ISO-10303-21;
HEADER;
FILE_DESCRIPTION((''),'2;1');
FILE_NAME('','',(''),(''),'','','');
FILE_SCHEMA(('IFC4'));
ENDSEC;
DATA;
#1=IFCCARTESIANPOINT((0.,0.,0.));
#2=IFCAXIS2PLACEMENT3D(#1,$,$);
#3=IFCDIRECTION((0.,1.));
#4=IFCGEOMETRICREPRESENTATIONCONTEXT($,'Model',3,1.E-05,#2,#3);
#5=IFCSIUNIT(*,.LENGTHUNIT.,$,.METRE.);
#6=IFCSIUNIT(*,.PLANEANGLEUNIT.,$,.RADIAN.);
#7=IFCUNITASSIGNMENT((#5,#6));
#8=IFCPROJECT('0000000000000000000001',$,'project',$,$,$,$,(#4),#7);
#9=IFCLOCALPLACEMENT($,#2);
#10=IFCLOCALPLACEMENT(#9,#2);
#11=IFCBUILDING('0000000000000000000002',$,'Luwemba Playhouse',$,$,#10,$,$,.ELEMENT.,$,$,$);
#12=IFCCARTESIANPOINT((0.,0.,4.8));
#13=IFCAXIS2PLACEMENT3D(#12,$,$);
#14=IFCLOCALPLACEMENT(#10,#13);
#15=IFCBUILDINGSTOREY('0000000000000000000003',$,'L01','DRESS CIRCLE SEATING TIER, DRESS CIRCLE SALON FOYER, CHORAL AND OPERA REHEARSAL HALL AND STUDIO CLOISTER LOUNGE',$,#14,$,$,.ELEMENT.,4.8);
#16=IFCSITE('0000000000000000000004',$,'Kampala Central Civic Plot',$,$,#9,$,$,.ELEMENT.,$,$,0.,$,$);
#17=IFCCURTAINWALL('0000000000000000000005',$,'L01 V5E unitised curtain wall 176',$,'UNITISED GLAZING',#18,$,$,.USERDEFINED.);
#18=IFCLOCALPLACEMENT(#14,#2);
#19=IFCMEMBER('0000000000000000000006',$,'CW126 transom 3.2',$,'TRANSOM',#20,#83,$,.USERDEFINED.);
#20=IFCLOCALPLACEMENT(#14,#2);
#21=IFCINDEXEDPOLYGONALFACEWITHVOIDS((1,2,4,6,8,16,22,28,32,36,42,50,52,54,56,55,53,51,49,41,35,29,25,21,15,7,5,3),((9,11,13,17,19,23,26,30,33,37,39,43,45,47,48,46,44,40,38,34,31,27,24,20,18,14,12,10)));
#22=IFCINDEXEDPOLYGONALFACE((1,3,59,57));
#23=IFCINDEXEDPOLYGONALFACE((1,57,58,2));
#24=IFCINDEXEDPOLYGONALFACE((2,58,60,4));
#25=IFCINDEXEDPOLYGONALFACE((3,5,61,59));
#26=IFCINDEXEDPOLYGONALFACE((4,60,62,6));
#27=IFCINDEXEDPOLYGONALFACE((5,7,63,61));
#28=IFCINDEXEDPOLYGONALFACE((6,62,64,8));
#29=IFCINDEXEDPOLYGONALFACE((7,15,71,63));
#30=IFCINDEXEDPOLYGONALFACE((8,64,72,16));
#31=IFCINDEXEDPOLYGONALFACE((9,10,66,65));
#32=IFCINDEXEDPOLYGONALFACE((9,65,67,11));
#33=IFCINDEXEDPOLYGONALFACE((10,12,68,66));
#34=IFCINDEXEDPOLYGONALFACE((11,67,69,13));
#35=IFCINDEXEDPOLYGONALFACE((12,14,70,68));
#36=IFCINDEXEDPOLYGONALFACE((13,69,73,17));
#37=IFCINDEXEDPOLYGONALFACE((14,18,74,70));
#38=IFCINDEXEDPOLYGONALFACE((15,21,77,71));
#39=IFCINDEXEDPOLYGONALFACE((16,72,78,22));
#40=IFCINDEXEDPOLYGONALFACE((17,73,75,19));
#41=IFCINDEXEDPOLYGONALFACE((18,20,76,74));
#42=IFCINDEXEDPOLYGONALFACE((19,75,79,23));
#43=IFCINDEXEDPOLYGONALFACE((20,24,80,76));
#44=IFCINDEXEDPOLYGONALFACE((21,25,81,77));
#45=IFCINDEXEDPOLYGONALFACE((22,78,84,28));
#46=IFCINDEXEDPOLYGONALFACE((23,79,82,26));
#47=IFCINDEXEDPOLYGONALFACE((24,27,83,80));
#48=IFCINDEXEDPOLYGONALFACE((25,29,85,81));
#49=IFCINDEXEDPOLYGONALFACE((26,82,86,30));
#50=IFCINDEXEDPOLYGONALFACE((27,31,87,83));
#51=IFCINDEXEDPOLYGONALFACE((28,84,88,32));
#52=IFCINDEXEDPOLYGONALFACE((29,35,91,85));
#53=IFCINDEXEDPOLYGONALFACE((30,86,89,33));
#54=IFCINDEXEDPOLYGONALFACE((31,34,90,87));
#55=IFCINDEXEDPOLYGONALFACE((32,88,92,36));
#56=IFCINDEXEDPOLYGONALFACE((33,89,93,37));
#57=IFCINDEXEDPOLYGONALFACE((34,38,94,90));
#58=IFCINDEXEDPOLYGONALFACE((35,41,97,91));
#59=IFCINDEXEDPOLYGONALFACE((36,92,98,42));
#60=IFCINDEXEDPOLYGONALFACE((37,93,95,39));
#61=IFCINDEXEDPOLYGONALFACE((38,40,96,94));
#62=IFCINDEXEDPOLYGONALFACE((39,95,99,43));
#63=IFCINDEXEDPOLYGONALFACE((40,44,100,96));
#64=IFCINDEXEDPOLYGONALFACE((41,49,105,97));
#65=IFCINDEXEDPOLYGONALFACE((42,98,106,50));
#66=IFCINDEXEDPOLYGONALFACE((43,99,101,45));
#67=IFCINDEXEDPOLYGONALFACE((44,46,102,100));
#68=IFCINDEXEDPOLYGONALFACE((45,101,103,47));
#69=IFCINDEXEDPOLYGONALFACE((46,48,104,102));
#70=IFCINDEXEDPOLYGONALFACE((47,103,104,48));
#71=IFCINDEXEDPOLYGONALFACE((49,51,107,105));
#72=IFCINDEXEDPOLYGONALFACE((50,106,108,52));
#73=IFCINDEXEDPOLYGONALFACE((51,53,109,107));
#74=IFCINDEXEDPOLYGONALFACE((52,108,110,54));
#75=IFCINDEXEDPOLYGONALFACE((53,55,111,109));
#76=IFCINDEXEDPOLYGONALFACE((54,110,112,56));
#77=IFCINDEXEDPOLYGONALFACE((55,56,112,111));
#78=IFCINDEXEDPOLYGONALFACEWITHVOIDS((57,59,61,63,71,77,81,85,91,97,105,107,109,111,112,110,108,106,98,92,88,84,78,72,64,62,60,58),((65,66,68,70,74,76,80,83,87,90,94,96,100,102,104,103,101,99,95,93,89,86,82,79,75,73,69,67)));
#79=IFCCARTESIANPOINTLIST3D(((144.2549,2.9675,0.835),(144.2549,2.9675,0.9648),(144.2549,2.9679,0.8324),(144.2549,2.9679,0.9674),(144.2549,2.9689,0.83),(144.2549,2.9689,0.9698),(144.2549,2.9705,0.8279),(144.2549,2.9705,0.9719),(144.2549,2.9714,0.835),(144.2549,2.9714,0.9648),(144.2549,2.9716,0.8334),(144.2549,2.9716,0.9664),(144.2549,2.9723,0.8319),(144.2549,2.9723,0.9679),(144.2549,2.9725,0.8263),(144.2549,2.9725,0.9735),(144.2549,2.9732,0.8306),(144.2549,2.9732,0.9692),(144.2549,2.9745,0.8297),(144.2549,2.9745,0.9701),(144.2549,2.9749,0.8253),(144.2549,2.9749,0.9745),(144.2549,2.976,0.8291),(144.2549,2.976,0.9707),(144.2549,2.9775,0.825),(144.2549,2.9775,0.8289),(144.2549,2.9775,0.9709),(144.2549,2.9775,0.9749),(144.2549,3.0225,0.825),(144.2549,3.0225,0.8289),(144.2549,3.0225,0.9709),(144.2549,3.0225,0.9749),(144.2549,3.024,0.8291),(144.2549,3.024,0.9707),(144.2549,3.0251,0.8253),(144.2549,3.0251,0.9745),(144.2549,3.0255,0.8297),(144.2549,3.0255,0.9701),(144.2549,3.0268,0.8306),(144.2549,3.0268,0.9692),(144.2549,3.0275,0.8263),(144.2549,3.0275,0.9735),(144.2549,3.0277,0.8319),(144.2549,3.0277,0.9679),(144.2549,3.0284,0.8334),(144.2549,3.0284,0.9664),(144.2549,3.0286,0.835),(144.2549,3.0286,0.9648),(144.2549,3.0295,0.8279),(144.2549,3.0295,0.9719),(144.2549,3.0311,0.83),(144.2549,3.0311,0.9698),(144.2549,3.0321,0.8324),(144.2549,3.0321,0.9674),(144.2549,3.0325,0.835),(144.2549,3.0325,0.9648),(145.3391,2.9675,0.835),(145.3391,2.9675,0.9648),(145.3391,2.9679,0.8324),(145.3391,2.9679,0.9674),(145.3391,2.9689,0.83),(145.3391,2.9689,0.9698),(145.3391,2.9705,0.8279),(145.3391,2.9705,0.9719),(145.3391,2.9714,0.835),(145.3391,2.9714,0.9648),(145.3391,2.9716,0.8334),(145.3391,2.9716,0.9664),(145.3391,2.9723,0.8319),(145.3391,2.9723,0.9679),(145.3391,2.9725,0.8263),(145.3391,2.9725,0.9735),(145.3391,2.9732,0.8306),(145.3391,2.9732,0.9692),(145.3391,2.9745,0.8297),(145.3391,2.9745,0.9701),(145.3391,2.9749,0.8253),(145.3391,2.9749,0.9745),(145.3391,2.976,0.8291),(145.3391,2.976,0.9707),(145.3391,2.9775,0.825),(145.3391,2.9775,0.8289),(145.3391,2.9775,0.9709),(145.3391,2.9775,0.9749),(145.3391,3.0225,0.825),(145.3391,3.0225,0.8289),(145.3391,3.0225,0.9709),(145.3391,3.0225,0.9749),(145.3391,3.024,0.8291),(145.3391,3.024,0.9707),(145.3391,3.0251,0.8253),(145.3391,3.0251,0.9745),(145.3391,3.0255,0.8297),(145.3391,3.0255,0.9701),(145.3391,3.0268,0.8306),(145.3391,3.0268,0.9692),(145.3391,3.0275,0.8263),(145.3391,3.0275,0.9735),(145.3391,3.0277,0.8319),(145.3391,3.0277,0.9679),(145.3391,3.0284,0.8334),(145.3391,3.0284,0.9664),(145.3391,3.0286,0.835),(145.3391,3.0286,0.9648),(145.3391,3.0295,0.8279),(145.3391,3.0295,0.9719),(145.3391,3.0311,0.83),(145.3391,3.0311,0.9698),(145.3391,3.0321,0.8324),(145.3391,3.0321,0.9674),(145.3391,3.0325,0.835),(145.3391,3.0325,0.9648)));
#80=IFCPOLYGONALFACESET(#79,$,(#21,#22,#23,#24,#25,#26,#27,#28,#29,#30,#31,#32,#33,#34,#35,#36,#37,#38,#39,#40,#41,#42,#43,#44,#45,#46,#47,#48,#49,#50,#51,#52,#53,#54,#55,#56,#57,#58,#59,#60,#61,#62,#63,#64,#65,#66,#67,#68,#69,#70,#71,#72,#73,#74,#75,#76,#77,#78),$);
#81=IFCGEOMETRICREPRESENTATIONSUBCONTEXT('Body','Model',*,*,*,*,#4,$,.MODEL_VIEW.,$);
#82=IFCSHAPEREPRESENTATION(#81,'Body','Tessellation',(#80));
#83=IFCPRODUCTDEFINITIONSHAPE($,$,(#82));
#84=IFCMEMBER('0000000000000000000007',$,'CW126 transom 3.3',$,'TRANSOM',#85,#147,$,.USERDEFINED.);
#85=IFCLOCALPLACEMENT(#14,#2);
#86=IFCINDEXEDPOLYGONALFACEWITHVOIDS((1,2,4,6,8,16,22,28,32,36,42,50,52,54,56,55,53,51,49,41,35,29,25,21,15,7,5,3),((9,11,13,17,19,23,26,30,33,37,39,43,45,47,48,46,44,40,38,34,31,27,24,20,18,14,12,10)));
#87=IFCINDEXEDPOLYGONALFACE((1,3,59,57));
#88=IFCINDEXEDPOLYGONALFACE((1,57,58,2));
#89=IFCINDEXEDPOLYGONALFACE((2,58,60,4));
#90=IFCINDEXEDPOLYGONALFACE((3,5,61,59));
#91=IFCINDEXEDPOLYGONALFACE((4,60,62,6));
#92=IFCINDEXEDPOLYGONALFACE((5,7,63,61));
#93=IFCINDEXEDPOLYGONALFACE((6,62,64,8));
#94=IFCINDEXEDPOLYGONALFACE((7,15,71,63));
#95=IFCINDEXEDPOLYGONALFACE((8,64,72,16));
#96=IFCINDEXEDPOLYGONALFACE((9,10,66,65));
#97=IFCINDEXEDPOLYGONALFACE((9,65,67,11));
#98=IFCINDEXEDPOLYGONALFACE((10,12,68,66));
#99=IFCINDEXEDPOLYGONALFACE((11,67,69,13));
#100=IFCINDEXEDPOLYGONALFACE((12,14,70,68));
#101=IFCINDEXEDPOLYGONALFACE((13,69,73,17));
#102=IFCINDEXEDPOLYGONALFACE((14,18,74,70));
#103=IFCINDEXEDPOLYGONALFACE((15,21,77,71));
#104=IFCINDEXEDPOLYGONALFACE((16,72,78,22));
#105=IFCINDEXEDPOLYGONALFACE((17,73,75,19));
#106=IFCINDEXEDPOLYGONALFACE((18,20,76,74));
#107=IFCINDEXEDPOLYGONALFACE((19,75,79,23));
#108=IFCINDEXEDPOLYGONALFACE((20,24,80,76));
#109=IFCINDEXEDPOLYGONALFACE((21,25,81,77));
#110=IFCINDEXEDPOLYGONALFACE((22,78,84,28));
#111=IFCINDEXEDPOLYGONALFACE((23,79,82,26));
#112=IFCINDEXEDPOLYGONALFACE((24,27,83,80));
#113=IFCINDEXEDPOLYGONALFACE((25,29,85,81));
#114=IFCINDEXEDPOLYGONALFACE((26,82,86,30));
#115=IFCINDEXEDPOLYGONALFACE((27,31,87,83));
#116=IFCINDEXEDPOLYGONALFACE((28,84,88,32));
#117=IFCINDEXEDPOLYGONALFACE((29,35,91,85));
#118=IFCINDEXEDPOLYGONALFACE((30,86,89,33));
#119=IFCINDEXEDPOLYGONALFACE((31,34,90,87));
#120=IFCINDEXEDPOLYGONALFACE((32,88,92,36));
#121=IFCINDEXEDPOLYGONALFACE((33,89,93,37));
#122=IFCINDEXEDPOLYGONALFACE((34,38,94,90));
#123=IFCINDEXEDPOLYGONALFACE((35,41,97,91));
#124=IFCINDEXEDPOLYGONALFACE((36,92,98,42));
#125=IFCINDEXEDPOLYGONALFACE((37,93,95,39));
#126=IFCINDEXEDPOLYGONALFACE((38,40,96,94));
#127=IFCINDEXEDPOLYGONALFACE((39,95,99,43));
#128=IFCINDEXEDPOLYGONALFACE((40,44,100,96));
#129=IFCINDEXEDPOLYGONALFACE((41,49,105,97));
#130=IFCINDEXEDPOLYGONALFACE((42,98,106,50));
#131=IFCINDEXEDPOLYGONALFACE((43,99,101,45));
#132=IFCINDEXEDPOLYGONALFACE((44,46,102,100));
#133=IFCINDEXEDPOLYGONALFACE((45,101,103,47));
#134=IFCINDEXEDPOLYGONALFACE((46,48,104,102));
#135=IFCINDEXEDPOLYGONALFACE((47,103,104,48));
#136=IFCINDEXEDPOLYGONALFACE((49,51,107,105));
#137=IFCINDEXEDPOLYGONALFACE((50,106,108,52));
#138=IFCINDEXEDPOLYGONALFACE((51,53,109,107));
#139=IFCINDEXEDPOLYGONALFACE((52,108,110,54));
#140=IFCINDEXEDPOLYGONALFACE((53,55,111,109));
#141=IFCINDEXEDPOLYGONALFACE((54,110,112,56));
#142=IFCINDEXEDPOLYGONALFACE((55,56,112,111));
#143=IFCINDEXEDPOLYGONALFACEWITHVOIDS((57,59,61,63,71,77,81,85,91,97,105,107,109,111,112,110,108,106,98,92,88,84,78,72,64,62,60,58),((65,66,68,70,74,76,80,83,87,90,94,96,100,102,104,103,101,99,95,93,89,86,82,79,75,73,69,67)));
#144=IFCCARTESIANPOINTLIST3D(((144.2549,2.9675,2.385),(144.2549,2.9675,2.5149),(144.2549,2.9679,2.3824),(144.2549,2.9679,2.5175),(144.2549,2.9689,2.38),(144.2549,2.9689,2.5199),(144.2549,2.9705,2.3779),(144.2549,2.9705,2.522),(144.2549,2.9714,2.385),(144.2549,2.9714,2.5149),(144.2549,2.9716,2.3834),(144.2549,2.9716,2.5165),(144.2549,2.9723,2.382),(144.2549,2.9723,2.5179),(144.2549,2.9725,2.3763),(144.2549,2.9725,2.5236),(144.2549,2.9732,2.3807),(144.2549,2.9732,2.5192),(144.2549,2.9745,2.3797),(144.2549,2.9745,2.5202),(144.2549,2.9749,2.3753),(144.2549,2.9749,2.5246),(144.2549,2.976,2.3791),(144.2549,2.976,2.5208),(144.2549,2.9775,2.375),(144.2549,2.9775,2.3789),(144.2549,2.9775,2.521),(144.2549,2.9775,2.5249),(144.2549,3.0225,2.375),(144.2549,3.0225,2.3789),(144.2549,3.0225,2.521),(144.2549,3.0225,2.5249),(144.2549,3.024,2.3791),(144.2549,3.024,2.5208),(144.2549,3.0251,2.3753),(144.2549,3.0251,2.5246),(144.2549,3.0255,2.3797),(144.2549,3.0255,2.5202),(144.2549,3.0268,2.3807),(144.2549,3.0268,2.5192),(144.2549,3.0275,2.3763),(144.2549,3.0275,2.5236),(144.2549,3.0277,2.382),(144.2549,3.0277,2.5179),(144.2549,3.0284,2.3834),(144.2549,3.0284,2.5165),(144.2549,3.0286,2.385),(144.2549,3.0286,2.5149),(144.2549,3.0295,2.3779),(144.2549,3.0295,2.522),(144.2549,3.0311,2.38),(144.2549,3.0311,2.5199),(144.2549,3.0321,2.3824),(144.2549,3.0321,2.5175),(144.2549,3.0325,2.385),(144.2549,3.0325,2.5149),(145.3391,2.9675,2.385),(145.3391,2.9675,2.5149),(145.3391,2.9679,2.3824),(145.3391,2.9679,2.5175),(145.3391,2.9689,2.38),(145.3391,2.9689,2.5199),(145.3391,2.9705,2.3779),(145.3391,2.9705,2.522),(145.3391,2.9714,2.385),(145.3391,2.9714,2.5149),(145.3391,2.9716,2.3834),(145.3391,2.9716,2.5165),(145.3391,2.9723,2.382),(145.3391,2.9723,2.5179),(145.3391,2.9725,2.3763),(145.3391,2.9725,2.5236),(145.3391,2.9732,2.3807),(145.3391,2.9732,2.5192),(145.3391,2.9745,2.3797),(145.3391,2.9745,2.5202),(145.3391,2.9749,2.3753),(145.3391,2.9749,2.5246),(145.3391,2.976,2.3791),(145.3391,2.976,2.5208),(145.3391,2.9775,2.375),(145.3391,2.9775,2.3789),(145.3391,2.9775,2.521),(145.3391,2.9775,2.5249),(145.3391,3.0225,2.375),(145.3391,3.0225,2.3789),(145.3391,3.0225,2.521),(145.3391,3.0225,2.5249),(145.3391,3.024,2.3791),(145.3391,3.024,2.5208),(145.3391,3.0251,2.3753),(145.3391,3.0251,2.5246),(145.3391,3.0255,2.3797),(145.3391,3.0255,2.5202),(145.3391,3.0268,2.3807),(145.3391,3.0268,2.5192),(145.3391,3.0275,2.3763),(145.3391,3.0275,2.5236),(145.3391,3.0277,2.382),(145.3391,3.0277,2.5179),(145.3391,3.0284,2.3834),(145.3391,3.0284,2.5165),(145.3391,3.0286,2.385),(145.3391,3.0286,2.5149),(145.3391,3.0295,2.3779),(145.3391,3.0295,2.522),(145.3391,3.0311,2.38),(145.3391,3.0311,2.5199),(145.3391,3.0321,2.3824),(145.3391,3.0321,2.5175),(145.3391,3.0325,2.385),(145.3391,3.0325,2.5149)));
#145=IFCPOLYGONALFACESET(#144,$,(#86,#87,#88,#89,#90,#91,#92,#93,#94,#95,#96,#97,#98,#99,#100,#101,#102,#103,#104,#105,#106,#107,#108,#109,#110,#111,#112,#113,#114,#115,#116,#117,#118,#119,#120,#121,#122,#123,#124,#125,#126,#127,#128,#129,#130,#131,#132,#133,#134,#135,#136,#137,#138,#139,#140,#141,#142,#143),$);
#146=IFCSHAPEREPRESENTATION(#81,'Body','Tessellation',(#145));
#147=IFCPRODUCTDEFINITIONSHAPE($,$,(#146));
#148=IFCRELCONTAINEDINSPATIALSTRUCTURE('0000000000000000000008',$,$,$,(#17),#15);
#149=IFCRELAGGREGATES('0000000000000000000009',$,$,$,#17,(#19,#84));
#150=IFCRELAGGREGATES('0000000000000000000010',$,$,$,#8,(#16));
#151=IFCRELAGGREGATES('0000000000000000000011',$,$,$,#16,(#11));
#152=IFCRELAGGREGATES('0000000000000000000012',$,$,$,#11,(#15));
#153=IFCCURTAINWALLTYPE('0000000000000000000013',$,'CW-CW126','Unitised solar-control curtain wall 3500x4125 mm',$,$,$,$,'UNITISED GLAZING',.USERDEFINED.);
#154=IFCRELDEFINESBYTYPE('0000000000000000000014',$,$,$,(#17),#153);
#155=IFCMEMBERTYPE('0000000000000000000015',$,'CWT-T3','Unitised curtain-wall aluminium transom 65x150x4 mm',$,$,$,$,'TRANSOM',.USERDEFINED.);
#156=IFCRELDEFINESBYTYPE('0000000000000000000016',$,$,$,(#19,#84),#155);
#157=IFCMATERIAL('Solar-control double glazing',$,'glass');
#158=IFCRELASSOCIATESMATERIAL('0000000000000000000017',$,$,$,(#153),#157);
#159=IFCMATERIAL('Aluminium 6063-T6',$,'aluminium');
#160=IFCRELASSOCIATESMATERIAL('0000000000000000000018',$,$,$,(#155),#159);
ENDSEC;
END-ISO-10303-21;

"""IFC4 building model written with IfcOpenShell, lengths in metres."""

from ifc_helpers import new_model, si_unit, direction, frame, origin, origin_2d, place, context, subcontext, project, spatial, hollow_rectangle, extrude, material, material_profile, profile_set, type_object, element, aggregate, save


model = new_model("IFC4")

# Units and contexts
model_context = context("Model", 3, precision=1e-05, world=origin(), true_north=direction((0.0, 1.0)))
body_context = subcontext(model_context, "Body", "Model", "MODEL_VIEW")
ifc_project = project(units=[si_unit("LENGTHUNIT", "METRE"), si_unit("PLANEANGLEUNIT", "RADIAN")], contexts=[model_context])

# Site, building, storey
site_placement = place(None, origin())
site = spatial("IfcSite", under=ifc_project, at=site_placement, Name="Kampala Central Civic Plot", CompositionType="ELEMENT", RefElevation=0.0)
building_placement = place(site_placement, origin())
building = spatial("IfcBuilding", under=site, at=building_placement, Name="Luwemba Playhouse", CompositionType="ELEMENT")
storey_placement = place(building_placement, frame((0.0, 0.0, 4.8)))
storey = spatial("IfcBuildingStorey", under=building, at=storey_placement, Name="L01", Description="DRESS CIRCLE SEATING TIER, DRESS CIRCLE SALON FOYER, CHORAL AND OPERA REHEARSAL HALL AND STUDIO CLOISTER LOUNGE", CompositionType="ELEMENT", Elevation=4.8)

# Curtain wall, members
ifc_material_1 = material(Name="Solar-control double glazing", Category="glass")
curtain_wall_type = type_object("IfcCurtainWallType", Name="CW-CW126", Description="Unitised solar-control curtain wall 3500x4125 mm", ElementType="UNITISED GLAZING", PredefinedType="USERDEFINED", material=ifc_material_1)
curtain_wall_placement = place(storey_placement, origin())
curtain_wall = element("IfcCurtainWall", 1, at=curtain_wall_placement, inside=storey, type_object=curtain_wall_type, Name="L01 V5E unitised curtain wall 176", ObjectType="UNITISED GLAZING", PredefinedType="USERDEFINED")
ifc_material_2 = material(Name="Aluminium 6063-T6", Category="aluminium")
ifc_material_profile_1 = material_profile(ifc_material_2, hollow_rectangle(XDim=0.0649, YDim=0.1499, WallThickness=0.0039, InnerFilletRadius=0.0061, OuterFilletRadius=0.01, at=origin_2d()))
ifc_profile_set_1 = profile_set([ifc_material_profile_1], Name="Aluminium 6063-T6")
member_type_1 = type_object("IfcMemberType", Name="CWT-T3", Description="Unitised curtain-wall aluminium transom 65x150x4 mm", ElementType="TRANSOM", PredefinedType="USERDEFINED", material=ifc_profile_set_1)
member_1_placement = place(storey_placement, frame((145.3391, 3.0, 0.8999), z_axis=(-1.0, 0.0, 0.0), x_axis=(0.0, -1.0, 0.0)))
member_1 = element("IfcMember", 2, at=member_1_placement, type_object=member_type_1, Name="CW126 transom 3.2", ObjectType="TRANSOM", PredefinedType="USERDEFINED", context=body_context, shape_type="SweptSolid", body=[
    extrude(hollow_rectangle(XDim=0.0649, YDim=0.1499, WallThickness=0.0039, InnerFilletRadius=0.0061, OuterFilletRadius=0.01, at=origin_2d()), origin(), (0.0, 0.0, 1.0), 1.0842),
])
member_2_placement = place(storey_placement, frame((145.3391, 3.0, 2.45), z_axis=(-1.0, 0.0, 0.0), x_axis=(0.0, -1.0, 0.0)))
member_2 = element("IfcMember", 3, at=member_2_placement, type_object=member_type_1, Name="CW126 transom 3.3", ObjectType="TRANSOM", PredefinedType="USERDEFINED", context=body_context, shape_type="SweptSolid", body=[
    extrude(hollow_rectangle(XDim=0.0649, YDim=0.1499, WallThickness=0.0039, InnerFilletRadius=0.0061, OuterFilletRadius=0.01, at=origin_2d()), origin(), (0.0, 0.0, 1.0), 1.0842),
])

aggregate(curtain_wall, [member_1, member_2])

save(model, "model.ifc")
